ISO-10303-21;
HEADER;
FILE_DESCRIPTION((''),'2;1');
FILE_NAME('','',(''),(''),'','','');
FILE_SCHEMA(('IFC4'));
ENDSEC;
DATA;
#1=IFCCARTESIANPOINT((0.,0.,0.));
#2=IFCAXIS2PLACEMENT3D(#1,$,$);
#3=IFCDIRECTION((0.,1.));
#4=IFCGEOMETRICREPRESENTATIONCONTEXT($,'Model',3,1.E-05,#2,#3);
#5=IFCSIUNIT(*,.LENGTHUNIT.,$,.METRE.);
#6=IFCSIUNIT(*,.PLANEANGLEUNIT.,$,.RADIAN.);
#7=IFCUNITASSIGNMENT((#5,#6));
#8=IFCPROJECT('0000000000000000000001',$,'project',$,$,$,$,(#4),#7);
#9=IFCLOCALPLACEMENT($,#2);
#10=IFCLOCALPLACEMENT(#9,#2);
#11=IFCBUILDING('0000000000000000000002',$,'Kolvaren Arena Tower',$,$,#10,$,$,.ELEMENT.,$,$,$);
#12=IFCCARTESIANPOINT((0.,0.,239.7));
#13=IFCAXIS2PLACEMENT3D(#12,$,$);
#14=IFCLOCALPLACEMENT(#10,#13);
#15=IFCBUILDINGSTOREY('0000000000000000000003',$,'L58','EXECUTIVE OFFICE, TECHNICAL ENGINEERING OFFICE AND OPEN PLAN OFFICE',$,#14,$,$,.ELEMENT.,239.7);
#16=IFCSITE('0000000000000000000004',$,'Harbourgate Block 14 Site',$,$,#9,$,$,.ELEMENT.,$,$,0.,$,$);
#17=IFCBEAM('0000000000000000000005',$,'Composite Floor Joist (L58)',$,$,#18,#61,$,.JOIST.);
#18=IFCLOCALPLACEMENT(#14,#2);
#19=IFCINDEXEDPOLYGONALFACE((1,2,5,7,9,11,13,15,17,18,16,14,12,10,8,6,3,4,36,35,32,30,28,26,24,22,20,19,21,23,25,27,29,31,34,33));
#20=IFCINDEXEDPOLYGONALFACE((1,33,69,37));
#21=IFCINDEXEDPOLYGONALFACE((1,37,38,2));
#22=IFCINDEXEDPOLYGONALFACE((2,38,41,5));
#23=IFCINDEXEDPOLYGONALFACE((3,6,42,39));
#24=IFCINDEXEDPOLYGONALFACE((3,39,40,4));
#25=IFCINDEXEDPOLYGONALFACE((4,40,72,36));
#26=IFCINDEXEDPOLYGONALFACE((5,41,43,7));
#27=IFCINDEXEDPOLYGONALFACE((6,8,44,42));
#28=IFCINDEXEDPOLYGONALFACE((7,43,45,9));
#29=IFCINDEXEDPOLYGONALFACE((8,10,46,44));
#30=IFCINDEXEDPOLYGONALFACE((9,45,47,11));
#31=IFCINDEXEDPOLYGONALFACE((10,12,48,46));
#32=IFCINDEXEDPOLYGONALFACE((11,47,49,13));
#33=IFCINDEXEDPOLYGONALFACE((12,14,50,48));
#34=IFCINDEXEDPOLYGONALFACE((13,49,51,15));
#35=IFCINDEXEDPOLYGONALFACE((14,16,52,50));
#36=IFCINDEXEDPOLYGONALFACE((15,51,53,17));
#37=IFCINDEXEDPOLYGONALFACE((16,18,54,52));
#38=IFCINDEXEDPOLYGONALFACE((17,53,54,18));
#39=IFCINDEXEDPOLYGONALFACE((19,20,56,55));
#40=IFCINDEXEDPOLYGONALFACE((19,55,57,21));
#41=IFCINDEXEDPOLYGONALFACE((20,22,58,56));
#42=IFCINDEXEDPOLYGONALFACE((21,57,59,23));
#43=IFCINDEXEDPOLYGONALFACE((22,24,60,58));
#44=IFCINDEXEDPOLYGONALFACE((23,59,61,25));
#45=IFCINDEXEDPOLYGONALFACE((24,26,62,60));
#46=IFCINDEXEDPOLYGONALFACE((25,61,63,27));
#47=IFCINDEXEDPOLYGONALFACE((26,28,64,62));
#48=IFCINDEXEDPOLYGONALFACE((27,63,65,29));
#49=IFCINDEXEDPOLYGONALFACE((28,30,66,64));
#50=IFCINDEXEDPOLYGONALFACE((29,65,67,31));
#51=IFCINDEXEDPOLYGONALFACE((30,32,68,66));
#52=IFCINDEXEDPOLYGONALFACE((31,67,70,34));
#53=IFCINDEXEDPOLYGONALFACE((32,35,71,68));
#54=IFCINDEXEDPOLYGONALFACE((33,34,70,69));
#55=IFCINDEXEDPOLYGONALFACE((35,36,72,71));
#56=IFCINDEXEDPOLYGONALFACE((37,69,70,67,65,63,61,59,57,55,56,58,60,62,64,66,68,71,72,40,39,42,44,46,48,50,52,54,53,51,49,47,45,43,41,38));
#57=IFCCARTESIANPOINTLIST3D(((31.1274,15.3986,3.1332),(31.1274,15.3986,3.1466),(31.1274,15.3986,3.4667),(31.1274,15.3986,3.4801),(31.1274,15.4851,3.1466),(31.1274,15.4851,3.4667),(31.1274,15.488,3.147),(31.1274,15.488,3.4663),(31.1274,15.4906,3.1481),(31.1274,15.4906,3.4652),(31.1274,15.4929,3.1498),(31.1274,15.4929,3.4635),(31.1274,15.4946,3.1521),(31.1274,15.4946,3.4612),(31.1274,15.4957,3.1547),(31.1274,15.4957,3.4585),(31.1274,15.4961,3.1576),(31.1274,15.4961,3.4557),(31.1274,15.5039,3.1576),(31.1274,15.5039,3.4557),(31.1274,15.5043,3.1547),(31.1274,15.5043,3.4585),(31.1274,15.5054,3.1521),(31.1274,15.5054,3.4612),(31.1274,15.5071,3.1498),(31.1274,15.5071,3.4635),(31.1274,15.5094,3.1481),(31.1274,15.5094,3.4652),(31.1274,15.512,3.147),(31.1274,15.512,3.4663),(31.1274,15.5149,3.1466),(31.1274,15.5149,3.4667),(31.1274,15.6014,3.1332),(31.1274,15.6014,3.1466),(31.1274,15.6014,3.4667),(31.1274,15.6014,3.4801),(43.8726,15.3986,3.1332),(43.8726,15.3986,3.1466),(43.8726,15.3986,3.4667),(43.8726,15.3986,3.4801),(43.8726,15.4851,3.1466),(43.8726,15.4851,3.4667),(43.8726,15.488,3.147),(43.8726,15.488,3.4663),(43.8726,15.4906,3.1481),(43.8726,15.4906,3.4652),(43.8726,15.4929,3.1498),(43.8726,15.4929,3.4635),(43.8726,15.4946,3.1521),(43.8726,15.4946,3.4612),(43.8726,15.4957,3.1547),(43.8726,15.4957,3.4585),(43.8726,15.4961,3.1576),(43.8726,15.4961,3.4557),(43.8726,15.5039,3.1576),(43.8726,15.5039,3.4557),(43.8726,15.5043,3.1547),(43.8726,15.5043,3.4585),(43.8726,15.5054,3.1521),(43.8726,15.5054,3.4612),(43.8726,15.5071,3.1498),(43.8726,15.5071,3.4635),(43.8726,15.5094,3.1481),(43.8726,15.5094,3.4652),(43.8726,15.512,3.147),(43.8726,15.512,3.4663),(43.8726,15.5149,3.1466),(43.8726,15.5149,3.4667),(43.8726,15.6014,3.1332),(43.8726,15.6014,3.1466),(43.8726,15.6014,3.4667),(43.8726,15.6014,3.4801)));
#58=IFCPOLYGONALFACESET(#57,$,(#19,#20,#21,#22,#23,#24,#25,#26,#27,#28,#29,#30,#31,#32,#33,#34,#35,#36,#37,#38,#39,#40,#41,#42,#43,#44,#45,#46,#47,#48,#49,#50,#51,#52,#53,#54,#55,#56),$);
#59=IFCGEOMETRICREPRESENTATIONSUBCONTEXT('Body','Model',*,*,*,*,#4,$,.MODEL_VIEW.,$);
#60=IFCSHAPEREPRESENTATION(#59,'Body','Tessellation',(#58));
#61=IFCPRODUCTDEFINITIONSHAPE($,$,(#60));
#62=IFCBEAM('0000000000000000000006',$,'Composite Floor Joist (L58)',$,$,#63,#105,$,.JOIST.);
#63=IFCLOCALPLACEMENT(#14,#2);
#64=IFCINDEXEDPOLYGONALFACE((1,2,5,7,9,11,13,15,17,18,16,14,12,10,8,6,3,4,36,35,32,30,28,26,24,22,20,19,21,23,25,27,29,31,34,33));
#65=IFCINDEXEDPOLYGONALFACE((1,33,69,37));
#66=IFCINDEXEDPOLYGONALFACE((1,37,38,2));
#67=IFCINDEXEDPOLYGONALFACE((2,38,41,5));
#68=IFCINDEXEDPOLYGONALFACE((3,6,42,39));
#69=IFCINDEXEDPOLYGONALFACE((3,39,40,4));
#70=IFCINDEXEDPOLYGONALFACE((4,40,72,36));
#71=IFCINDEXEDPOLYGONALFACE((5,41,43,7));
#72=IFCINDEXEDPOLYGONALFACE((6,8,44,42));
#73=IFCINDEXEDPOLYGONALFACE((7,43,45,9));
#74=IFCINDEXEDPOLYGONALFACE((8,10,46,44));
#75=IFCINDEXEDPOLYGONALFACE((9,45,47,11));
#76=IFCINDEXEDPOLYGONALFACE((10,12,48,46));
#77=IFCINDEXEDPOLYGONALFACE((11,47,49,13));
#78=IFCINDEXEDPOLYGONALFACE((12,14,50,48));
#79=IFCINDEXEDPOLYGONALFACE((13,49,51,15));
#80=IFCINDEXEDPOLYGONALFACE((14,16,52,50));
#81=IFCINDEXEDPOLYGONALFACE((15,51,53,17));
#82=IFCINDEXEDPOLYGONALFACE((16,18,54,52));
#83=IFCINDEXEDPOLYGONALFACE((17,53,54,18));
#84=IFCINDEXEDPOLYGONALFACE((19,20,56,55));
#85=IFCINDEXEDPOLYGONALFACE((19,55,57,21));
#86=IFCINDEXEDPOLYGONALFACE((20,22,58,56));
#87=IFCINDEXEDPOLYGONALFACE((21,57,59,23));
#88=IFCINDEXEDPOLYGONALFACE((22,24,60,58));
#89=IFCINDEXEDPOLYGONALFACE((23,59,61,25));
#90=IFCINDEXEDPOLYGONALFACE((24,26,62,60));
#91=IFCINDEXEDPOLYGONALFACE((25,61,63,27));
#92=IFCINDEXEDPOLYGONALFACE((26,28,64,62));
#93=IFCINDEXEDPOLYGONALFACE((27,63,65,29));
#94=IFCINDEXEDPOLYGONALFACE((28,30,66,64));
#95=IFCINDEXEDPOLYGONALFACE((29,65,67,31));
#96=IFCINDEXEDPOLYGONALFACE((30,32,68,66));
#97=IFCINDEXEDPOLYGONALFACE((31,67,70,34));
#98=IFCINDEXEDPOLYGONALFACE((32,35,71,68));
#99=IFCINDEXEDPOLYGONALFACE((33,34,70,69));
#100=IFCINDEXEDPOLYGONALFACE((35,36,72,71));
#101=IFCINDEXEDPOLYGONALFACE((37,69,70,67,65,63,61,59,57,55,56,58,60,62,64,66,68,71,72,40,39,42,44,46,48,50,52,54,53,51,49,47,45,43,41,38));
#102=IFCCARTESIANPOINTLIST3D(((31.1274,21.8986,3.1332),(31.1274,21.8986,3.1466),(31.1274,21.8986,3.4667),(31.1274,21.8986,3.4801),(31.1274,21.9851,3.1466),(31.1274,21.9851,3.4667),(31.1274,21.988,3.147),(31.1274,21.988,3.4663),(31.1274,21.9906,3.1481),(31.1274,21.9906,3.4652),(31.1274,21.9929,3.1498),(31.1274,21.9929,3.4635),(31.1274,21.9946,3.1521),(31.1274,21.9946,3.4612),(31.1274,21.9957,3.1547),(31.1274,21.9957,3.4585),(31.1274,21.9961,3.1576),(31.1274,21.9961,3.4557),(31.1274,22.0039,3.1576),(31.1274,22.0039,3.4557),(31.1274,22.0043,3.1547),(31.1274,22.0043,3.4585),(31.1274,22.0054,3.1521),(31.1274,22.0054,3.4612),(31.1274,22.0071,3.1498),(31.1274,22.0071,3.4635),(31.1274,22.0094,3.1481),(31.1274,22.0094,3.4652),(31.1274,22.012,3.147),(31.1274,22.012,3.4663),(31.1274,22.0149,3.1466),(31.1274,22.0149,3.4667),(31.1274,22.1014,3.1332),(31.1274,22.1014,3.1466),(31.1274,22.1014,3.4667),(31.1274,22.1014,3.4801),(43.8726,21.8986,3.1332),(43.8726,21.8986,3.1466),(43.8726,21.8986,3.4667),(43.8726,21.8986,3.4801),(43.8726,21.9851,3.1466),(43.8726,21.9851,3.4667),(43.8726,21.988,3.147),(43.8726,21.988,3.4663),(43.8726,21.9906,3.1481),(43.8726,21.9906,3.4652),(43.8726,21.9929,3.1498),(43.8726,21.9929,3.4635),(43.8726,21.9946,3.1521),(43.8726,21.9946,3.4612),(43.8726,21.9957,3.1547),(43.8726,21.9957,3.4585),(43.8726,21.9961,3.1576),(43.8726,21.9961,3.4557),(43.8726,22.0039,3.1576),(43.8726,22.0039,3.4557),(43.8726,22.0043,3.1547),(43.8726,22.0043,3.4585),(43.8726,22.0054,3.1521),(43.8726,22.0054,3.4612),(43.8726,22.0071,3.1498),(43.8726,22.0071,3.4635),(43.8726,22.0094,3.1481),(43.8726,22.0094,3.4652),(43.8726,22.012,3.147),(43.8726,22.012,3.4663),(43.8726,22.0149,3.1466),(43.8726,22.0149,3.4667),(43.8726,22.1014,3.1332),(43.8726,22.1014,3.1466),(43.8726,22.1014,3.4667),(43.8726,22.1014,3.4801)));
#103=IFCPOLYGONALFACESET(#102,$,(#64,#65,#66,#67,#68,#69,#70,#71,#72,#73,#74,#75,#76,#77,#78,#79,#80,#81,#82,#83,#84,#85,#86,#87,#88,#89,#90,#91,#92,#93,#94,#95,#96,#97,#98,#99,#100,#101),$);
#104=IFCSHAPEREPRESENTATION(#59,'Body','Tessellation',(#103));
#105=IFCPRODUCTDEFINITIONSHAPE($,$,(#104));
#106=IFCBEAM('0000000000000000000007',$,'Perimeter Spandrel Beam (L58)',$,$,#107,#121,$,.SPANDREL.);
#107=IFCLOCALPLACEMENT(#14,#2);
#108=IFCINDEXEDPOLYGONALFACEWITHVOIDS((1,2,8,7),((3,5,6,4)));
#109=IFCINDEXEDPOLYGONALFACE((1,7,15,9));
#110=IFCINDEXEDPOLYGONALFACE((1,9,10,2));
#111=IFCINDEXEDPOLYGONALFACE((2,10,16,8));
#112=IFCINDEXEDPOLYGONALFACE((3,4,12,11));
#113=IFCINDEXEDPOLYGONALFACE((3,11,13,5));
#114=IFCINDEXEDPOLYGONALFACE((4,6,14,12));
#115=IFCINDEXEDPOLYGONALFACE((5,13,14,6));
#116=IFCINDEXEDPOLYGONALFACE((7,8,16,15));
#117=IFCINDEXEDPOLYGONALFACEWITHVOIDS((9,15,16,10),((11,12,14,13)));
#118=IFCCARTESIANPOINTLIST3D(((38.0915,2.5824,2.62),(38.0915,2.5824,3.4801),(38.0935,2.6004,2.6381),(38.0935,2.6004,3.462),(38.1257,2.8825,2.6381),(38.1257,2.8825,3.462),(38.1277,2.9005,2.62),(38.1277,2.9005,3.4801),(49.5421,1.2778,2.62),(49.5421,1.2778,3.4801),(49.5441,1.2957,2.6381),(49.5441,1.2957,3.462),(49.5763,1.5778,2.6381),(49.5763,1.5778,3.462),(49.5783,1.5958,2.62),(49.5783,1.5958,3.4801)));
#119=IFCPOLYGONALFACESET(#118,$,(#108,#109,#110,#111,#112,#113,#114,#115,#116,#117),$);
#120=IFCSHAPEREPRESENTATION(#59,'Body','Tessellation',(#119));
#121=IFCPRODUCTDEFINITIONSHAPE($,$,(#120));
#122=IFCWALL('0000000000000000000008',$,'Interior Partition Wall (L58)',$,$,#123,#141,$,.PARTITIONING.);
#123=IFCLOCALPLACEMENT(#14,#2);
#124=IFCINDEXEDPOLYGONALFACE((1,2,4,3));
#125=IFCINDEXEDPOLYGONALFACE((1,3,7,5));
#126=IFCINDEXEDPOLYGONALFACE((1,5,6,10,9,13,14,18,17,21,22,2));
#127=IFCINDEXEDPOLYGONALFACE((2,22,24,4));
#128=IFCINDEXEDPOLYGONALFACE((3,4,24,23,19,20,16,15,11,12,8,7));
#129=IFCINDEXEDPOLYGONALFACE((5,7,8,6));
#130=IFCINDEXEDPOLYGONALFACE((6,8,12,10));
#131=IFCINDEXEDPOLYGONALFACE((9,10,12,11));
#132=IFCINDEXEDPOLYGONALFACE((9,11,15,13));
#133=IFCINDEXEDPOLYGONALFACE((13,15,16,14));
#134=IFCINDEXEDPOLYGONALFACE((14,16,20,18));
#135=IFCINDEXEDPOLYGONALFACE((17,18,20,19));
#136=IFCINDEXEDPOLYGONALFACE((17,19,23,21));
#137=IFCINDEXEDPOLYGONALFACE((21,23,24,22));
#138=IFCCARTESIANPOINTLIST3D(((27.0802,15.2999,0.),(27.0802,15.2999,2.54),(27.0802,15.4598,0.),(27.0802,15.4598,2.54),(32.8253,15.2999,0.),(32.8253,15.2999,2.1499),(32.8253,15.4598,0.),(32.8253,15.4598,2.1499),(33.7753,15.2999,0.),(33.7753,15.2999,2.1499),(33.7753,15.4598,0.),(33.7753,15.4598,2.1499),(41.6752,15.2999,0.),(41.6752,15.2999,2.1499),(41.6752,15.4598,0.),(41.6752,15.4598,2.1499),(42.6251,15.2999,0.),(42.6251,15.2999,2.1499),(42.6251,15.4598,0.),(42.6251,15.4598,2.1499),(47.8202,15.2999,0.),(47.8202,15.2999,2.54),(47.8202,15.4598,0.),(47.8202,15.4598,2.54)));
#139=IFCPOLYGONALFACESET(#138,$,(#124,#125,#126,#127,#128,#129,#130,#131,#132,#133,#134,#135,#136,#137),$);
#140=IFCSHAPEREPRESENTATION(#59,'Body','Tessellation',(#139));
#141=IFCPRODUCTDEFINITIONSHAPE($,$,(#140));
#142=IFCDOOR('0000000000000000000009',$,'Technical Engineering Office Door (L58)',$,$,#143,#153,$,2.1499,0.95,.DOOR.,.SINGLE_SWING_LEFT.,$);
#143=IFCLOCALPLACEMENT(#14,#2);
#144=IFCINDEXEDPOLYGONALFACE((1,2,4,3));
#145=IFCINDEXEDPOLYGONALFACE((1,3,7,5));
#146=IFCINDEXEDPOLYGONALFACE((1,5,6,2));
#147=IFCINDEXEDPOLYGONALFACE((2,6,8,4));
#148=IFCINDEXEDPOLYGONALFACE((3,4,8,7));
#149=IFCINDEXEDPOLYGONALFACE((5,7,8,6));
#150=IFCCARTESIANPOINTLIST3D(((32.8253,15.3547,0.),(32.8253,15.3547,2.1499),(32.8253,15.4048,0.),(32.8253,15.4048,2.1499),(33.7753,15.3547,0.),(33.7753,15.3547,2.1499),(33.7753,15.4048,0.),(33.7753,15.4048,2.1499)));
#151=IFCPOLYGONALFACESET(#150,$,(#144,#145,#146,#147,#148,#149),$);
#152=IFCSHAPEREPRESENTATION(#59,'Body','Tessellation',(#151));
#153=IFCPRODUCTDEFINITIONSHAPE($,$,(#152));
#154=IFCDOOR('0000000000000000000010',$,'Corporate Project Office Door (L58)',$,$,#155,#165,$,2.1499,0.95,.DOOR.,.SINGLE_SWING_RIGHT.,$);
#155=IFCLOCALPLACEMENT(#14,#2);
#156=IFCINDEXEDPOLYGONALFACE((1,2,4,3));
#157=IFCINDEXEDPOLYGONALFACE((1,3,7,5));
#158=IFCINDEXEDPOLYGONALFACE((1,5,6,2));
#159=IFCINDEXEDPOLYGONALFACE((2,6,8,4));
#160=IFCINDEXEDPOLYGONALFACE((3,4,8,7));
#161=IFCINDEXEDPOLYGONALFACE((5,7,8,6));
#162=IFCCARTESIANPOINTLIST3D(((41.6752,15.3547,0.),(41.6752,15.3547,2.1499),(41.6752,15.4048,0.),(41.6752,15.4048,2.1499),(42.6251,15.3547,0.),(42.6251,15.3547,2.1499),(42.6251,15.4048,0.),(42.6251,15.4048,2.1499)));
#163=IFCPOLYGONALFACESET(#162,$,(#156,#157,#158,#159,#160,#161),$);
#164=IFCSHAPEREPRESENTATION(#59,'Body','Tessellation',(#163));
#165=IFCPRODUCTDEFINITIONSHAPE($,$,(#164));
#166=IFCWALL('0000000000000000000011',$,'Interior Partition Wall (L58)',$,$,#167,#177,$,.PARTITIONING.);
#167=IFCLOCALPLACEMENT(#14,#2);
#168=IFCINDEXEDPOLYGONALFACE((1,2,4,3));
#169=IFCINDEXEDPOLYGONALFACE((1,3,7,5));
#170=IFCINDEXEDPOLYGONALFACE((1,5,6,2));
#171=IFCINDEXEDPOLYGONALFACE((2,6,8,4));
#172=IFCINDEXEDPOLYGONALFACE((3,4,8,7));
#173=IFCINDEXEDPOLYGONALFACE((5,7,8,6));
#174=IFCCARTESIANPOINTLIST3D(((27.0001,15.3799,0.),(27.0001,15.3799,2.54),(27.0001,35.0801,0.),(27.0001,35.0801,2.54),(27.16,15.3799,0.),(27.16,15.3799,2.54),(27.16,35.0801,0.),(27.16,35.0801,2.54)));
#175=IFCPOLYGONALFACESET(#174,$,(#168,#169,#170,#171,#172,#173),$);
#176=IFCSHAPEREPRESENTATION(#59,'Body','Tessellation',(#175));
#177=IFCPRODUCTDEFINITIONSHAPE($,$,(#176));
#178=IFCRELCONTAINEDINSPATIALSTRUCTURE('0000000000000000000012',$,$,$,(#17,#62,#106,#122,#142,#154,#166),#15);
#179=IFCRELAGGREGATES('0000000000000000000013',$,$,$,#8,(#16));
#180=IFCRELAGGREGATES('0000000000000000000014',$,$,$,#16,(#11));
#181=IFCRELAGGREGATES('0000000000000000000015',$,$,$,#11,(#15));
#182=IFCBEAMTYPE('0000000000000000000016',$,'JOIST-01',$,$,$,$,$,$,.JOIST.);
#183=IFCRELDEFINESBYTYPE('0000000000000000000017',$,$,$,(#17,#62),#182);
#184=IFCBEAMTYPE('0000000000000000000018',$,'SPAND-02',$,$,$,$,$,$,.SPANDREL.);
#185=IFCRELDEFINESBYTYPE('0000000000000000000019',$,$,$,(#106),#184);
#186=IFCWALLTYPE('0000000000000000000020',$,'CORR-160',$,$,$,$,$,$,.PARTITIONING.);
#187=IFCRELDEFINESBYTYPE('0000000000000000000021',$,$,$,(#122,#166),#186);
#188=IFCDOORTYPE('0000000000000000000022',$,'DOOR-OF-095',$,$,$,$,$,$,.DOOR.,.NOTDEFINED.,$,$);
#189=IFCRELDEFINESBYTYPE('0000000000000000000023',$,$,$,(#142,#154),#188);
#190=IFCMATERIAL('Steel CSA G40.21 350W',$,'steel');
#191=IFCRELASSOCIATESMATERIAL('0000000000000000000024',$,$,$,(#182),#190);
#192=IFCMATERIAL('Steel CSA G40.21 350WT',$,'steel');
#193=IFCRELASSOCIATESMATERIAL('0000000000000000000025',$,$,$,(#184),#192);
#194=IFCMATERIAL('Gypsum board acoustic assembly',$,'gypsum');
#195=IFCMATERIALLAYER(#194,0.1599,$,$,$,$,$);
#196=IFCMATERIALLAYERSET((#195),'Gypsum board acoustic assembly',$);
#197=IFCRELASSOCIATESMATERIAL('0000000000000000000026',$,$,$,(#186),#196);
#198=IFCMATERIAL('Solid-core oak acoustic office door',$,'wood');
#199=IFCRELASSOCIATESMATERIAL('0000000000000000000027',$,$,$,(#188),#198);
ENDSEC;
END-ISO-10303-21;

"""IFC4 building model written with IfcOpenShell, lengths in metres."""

from ifc_helpers import new_model, si_unit, direction, frame, frame_2d, origin, origin_2d, place, context, subcontext, project, spatial, rectangle, hollow_rectangle, i_section, extrude, material, layer, layer_set, material_profile, profile_set, type_object, element, fill, save


model = new_model("IFC4")

# Units and contexts
model_context = context("Model", 3, precision=1e-05, world=origin(), true_north=direction((0.0, 1.0)))
body_context = subcontext(model_context, "Body", "Model", "MODEL_VIEW")
ifc_project = project(units=[si_unit("LENGTHUNIT", "METRE"), si_unit("PLANEANGLEUNIT", "RADIAN")], contexts=[model_context])

# Site, building, storey
site_placement = place(None, origin())
site = spatial("IfcSite", under=ifc_project, at=site_placement, Name="Harbourgate Block 14 Site", CompositionType="ELEMENT", RefElevation=0.0)
building_placement = place(site_placement, origin())
building = spatial("IfcBuilding", under=site, at=building_placement, Name="Kolvaren Arena Tower", CompositionType="ELEMENT")
storey_placement = place(building_placement, frame((0.0, 0.0, 239.7)))
storey = spatial("IfcBuildingStorey", under=building, at=storey_placement, Name="L58", Description="EXECUTIVE OFFICE, TECHNICAL ENGINEERING OFFICE AND OPEN PLAN OFFICE", CompositionType="ELEMENT", Elevation=239.7)

# Beams
ifc_material_1 = material(Name="Steel CSA G40.21 350W", Category="steel")
ifc_material_profile_1 = material_profile(ifc_material_1, i_section(OverallWidth=0.2029, OverallDepth=0.3469, WebThickness=0.0078, FlangeThickness=0.0134, FilletRadius=0.011, at=origin_2d()), Name="W360x64")
ifc_profile_set_1 = profile_set([ifc_material_profile_1], Name="Steel CSA G40.21 350W")
beam_type_1 = type_object("IfcBeamType", Name="JOIST-01", PredefinedType="JOIST", material=ifc_profile_set_1)
for number, where, z_axis, x_axis, name in (
    (1, (31.1274, 15.5, 3.3066), (1.0, 0.0, 0.0), (0.0, 1.0, 0.0), "Composite Floor Joist (L58)"),
    (2, (31.1274, 22.0, 3.3066), (1.0, 0.0, 0.0), (0.0, 1.0, 0.0), "Composite Floor Joist (L58)"),
):
    element("IfcBeam", number, at=place(storey_placement, frame(where, z_axis=z_axis, x_axis=x_axis)), inside=storey, type_object=beam_type_1, Name=name, PredefinedType="JOIST", context=body_context, shape_type="SweptSolid", body=[
        extrude(i_section(OverallWidth=0.2029, OverallDepth=0.3469, WebThickness=0.0078, FlangeThickness=0.0134, FilletRadius=0.011, at=origin_2d()), origin(), (0.0, 0.0, 1.0), 12.7451),
    ])
ifc_material_2 = material(Name="Steel CSA G40.21 350WT", Category="steel")
ifc_material_profile_2 = material_profile(ifc_material_2, hollow_rectangle(XDim=0.3201, YDim=0.8601, WallThickness=0.0181, at=origin_2d()), Name="HSS 860x320x18")
ifc_profile_set_2 = profile_set([ifc_material_profile_2], Name="Steel CSA G40.21 350WT")
beam_type_2 = type_object("IfcBeamType", Name="SPAND-02", PredefinedType="SPANDREL", material=ifc_profile_set_2)
beam_1_placement = place(storey_placement, frame((38.1096, 2.7415, 3.05), z_axis=(0.993571, -0.113207, 0.0), x_axis=(0.113207, 0.993571, 0.0)))
element("IfcBeam", 3, at=beam_1_placement, inside=storey, type_object=beam_type_2, Name="Perimeter Spandrel Beam (L58)", PredefinedType="SPANDREL", context=body_context, shape_type="SweptSolid", body=[
    extrude(hollow_rectangle(XDim=0.3201, YDim=0.8601, WallThickness=0.0181, at=origin_2d()), origin(), (0.0, 0.0, 1.0), 11.5247),
])

# Wall, openings, doors
ifc_material_3 = material(Name="Gypsum board acoustic assembly", Category="gypsum")
ifc_layer_1 = layer(ifc_material_3, 0.1599)
ifc_layer_set_1 = layer_set([ifc_layer_1], Name="Gypsum board acoustic assembly")
wall_type_1 = type_object("IfcWallType", Name="CORR-160", PredefinedType="PARTITIONING", material=ifc_layer_set_1)
wall_1_placement = place(storey_placement, frame((27.0801, 15.3799, 0.0), z_axis=(0.0, 0.0, 1.0), x_axis=(1.0, 0.0, 0.0)))
wall_1 = element("IfcWall", 4, at=wall_1_placement, inside=storey, type_object=wall_type_1, Name="Interior Partition Wall (L58)", PredefinedType="PARTITIONING", context=body_context, shape_type="SweptSolid", body=[
    extrude(rectangle(XDim=20.74, YDim=0.1599, at=frame_2d((10.3701, 0.0))), origin(), (0.0, 0.0, 1.0), 2.54),
])
opening_1_placement = place(wall_1_placement, frame((5.7451, 0.0, 0.0)))
opening_1 = element("IfcOpeningElement", 5, at=opening_1_placement, cuts=wall_1, PredefinedType="OPENING", context=body_context, shape_type="SweptSolid", body=[
    extrude(rectangle(XDim=0.95, YDim=2.1499, at=frame_2d((0.4751, 1.075))), frame((0.0, 0.0898, 0.0), z_axis=(0.0, -1.0, 0.0), x_axis=(1.0, 0.0, 0.0)), (0.0, 0.0, 1.0), 0.1799),
])
opening_2_placement = place(wall_1_placement, frame((14.595, 0.0, 0.0)))
opening_2 = element("IfcOpeningElement", 6, at=opening_2_placement, cuts=wall_1, PredefinedType="OPENING", context=body_context, shape_type="SweptSolid", body=[
    extrude(rectangle(XDim=0.95, YDim=2.1499, at=frame_2d((0.4751, 1.075))), frame((0.0, 0.0898, 0.0), z_axis=(0.0, -1.0, 0.0), x_axis=(1.0, 0.0, 0.0)), (0.0, 0.0, 1.0), 0.1799),
])
ifc_material_4 = material(Name="Solid-core oak acoustic office door", Category="wood")
door_type = type_object("IfcDoorType", Name="DOOR-OF-095", OperationType="NOTDEFINED", PredefinedType="DOOR", material=ifc_material_4)
door_1_placement = place(opening_1_placement, origin())
door_1 = element("IfcDoor", 7, at=door_1_placement, inside=storey, type_object=door_type, Name="Technical Engineering Office Door (L58)", OperationType="SINGLE_SWING_LEFT", OverallHeight=2.1499, OverallWidth=0.95, PredefinedType="DOOR", context=body_context, shape_type="SweptSolid", body=[
    extrude(rectangle(XDim=0.95, YDim=2.1499, at=frame_2d((0.4751, 1.075))), frame((0.0, 0.0249, 0.0), z_axis=(0.0, -1.0, 0.0), x_axis=(1.0, 0.0, 0.0)), (0.0, 0.0, 1.0), 0.05),
])
fill(opening_1, door_1)
door_2_placement = place(opening_2_placement, origin())
door_2 = element("IfcDoor", 8, at=door_2_placement, inside=storey, type_object=door_type, Name="Corporate Project Office Door (L58)", OperationType="SINGLE_SWING_RIGHT", OverallHeight=2.1499, OverallWidth=0.95, PredefinedType="DOOR", context=body_context, shape_type="SweptSolid", body=[
    extrude(rectangle(XDim=0.95, YDim=2.1499, at=frame_2d((0.4751, 1.075))), frame((0.0, 0.0249, 0.0), z_axis=(0.0, -1.0, 0.0), x_axis=(1.0, 0.0, 0.0)), (0.0, 0.0, 1.0), 0.05),
])
fill(opening_2, door_2)

# Wall
wall_2_placement = place(storey_placement, frame((27.0801, 15.3799, 0.0), z_axis=(0.0, 0.0, 1.0), x_axis=(0.0, 1.0, 0.0)))
element("IfcWall", 9, at=wall_2_placement, inside=storey, type_object=wall_type_1, Name="Interior Partition Wall (L58)", PredefinedType="PARTITIONING", context=body_context, shape_type="SweptSolid", body=[
    extrude(rectangle(XDim=19.7002, YDim=0.1599, at=frame_2d((9.8501, 0.0))), origin(), (0.0, 0.0, 1.0), 2.54),
])

save(model, "model.ifc")
